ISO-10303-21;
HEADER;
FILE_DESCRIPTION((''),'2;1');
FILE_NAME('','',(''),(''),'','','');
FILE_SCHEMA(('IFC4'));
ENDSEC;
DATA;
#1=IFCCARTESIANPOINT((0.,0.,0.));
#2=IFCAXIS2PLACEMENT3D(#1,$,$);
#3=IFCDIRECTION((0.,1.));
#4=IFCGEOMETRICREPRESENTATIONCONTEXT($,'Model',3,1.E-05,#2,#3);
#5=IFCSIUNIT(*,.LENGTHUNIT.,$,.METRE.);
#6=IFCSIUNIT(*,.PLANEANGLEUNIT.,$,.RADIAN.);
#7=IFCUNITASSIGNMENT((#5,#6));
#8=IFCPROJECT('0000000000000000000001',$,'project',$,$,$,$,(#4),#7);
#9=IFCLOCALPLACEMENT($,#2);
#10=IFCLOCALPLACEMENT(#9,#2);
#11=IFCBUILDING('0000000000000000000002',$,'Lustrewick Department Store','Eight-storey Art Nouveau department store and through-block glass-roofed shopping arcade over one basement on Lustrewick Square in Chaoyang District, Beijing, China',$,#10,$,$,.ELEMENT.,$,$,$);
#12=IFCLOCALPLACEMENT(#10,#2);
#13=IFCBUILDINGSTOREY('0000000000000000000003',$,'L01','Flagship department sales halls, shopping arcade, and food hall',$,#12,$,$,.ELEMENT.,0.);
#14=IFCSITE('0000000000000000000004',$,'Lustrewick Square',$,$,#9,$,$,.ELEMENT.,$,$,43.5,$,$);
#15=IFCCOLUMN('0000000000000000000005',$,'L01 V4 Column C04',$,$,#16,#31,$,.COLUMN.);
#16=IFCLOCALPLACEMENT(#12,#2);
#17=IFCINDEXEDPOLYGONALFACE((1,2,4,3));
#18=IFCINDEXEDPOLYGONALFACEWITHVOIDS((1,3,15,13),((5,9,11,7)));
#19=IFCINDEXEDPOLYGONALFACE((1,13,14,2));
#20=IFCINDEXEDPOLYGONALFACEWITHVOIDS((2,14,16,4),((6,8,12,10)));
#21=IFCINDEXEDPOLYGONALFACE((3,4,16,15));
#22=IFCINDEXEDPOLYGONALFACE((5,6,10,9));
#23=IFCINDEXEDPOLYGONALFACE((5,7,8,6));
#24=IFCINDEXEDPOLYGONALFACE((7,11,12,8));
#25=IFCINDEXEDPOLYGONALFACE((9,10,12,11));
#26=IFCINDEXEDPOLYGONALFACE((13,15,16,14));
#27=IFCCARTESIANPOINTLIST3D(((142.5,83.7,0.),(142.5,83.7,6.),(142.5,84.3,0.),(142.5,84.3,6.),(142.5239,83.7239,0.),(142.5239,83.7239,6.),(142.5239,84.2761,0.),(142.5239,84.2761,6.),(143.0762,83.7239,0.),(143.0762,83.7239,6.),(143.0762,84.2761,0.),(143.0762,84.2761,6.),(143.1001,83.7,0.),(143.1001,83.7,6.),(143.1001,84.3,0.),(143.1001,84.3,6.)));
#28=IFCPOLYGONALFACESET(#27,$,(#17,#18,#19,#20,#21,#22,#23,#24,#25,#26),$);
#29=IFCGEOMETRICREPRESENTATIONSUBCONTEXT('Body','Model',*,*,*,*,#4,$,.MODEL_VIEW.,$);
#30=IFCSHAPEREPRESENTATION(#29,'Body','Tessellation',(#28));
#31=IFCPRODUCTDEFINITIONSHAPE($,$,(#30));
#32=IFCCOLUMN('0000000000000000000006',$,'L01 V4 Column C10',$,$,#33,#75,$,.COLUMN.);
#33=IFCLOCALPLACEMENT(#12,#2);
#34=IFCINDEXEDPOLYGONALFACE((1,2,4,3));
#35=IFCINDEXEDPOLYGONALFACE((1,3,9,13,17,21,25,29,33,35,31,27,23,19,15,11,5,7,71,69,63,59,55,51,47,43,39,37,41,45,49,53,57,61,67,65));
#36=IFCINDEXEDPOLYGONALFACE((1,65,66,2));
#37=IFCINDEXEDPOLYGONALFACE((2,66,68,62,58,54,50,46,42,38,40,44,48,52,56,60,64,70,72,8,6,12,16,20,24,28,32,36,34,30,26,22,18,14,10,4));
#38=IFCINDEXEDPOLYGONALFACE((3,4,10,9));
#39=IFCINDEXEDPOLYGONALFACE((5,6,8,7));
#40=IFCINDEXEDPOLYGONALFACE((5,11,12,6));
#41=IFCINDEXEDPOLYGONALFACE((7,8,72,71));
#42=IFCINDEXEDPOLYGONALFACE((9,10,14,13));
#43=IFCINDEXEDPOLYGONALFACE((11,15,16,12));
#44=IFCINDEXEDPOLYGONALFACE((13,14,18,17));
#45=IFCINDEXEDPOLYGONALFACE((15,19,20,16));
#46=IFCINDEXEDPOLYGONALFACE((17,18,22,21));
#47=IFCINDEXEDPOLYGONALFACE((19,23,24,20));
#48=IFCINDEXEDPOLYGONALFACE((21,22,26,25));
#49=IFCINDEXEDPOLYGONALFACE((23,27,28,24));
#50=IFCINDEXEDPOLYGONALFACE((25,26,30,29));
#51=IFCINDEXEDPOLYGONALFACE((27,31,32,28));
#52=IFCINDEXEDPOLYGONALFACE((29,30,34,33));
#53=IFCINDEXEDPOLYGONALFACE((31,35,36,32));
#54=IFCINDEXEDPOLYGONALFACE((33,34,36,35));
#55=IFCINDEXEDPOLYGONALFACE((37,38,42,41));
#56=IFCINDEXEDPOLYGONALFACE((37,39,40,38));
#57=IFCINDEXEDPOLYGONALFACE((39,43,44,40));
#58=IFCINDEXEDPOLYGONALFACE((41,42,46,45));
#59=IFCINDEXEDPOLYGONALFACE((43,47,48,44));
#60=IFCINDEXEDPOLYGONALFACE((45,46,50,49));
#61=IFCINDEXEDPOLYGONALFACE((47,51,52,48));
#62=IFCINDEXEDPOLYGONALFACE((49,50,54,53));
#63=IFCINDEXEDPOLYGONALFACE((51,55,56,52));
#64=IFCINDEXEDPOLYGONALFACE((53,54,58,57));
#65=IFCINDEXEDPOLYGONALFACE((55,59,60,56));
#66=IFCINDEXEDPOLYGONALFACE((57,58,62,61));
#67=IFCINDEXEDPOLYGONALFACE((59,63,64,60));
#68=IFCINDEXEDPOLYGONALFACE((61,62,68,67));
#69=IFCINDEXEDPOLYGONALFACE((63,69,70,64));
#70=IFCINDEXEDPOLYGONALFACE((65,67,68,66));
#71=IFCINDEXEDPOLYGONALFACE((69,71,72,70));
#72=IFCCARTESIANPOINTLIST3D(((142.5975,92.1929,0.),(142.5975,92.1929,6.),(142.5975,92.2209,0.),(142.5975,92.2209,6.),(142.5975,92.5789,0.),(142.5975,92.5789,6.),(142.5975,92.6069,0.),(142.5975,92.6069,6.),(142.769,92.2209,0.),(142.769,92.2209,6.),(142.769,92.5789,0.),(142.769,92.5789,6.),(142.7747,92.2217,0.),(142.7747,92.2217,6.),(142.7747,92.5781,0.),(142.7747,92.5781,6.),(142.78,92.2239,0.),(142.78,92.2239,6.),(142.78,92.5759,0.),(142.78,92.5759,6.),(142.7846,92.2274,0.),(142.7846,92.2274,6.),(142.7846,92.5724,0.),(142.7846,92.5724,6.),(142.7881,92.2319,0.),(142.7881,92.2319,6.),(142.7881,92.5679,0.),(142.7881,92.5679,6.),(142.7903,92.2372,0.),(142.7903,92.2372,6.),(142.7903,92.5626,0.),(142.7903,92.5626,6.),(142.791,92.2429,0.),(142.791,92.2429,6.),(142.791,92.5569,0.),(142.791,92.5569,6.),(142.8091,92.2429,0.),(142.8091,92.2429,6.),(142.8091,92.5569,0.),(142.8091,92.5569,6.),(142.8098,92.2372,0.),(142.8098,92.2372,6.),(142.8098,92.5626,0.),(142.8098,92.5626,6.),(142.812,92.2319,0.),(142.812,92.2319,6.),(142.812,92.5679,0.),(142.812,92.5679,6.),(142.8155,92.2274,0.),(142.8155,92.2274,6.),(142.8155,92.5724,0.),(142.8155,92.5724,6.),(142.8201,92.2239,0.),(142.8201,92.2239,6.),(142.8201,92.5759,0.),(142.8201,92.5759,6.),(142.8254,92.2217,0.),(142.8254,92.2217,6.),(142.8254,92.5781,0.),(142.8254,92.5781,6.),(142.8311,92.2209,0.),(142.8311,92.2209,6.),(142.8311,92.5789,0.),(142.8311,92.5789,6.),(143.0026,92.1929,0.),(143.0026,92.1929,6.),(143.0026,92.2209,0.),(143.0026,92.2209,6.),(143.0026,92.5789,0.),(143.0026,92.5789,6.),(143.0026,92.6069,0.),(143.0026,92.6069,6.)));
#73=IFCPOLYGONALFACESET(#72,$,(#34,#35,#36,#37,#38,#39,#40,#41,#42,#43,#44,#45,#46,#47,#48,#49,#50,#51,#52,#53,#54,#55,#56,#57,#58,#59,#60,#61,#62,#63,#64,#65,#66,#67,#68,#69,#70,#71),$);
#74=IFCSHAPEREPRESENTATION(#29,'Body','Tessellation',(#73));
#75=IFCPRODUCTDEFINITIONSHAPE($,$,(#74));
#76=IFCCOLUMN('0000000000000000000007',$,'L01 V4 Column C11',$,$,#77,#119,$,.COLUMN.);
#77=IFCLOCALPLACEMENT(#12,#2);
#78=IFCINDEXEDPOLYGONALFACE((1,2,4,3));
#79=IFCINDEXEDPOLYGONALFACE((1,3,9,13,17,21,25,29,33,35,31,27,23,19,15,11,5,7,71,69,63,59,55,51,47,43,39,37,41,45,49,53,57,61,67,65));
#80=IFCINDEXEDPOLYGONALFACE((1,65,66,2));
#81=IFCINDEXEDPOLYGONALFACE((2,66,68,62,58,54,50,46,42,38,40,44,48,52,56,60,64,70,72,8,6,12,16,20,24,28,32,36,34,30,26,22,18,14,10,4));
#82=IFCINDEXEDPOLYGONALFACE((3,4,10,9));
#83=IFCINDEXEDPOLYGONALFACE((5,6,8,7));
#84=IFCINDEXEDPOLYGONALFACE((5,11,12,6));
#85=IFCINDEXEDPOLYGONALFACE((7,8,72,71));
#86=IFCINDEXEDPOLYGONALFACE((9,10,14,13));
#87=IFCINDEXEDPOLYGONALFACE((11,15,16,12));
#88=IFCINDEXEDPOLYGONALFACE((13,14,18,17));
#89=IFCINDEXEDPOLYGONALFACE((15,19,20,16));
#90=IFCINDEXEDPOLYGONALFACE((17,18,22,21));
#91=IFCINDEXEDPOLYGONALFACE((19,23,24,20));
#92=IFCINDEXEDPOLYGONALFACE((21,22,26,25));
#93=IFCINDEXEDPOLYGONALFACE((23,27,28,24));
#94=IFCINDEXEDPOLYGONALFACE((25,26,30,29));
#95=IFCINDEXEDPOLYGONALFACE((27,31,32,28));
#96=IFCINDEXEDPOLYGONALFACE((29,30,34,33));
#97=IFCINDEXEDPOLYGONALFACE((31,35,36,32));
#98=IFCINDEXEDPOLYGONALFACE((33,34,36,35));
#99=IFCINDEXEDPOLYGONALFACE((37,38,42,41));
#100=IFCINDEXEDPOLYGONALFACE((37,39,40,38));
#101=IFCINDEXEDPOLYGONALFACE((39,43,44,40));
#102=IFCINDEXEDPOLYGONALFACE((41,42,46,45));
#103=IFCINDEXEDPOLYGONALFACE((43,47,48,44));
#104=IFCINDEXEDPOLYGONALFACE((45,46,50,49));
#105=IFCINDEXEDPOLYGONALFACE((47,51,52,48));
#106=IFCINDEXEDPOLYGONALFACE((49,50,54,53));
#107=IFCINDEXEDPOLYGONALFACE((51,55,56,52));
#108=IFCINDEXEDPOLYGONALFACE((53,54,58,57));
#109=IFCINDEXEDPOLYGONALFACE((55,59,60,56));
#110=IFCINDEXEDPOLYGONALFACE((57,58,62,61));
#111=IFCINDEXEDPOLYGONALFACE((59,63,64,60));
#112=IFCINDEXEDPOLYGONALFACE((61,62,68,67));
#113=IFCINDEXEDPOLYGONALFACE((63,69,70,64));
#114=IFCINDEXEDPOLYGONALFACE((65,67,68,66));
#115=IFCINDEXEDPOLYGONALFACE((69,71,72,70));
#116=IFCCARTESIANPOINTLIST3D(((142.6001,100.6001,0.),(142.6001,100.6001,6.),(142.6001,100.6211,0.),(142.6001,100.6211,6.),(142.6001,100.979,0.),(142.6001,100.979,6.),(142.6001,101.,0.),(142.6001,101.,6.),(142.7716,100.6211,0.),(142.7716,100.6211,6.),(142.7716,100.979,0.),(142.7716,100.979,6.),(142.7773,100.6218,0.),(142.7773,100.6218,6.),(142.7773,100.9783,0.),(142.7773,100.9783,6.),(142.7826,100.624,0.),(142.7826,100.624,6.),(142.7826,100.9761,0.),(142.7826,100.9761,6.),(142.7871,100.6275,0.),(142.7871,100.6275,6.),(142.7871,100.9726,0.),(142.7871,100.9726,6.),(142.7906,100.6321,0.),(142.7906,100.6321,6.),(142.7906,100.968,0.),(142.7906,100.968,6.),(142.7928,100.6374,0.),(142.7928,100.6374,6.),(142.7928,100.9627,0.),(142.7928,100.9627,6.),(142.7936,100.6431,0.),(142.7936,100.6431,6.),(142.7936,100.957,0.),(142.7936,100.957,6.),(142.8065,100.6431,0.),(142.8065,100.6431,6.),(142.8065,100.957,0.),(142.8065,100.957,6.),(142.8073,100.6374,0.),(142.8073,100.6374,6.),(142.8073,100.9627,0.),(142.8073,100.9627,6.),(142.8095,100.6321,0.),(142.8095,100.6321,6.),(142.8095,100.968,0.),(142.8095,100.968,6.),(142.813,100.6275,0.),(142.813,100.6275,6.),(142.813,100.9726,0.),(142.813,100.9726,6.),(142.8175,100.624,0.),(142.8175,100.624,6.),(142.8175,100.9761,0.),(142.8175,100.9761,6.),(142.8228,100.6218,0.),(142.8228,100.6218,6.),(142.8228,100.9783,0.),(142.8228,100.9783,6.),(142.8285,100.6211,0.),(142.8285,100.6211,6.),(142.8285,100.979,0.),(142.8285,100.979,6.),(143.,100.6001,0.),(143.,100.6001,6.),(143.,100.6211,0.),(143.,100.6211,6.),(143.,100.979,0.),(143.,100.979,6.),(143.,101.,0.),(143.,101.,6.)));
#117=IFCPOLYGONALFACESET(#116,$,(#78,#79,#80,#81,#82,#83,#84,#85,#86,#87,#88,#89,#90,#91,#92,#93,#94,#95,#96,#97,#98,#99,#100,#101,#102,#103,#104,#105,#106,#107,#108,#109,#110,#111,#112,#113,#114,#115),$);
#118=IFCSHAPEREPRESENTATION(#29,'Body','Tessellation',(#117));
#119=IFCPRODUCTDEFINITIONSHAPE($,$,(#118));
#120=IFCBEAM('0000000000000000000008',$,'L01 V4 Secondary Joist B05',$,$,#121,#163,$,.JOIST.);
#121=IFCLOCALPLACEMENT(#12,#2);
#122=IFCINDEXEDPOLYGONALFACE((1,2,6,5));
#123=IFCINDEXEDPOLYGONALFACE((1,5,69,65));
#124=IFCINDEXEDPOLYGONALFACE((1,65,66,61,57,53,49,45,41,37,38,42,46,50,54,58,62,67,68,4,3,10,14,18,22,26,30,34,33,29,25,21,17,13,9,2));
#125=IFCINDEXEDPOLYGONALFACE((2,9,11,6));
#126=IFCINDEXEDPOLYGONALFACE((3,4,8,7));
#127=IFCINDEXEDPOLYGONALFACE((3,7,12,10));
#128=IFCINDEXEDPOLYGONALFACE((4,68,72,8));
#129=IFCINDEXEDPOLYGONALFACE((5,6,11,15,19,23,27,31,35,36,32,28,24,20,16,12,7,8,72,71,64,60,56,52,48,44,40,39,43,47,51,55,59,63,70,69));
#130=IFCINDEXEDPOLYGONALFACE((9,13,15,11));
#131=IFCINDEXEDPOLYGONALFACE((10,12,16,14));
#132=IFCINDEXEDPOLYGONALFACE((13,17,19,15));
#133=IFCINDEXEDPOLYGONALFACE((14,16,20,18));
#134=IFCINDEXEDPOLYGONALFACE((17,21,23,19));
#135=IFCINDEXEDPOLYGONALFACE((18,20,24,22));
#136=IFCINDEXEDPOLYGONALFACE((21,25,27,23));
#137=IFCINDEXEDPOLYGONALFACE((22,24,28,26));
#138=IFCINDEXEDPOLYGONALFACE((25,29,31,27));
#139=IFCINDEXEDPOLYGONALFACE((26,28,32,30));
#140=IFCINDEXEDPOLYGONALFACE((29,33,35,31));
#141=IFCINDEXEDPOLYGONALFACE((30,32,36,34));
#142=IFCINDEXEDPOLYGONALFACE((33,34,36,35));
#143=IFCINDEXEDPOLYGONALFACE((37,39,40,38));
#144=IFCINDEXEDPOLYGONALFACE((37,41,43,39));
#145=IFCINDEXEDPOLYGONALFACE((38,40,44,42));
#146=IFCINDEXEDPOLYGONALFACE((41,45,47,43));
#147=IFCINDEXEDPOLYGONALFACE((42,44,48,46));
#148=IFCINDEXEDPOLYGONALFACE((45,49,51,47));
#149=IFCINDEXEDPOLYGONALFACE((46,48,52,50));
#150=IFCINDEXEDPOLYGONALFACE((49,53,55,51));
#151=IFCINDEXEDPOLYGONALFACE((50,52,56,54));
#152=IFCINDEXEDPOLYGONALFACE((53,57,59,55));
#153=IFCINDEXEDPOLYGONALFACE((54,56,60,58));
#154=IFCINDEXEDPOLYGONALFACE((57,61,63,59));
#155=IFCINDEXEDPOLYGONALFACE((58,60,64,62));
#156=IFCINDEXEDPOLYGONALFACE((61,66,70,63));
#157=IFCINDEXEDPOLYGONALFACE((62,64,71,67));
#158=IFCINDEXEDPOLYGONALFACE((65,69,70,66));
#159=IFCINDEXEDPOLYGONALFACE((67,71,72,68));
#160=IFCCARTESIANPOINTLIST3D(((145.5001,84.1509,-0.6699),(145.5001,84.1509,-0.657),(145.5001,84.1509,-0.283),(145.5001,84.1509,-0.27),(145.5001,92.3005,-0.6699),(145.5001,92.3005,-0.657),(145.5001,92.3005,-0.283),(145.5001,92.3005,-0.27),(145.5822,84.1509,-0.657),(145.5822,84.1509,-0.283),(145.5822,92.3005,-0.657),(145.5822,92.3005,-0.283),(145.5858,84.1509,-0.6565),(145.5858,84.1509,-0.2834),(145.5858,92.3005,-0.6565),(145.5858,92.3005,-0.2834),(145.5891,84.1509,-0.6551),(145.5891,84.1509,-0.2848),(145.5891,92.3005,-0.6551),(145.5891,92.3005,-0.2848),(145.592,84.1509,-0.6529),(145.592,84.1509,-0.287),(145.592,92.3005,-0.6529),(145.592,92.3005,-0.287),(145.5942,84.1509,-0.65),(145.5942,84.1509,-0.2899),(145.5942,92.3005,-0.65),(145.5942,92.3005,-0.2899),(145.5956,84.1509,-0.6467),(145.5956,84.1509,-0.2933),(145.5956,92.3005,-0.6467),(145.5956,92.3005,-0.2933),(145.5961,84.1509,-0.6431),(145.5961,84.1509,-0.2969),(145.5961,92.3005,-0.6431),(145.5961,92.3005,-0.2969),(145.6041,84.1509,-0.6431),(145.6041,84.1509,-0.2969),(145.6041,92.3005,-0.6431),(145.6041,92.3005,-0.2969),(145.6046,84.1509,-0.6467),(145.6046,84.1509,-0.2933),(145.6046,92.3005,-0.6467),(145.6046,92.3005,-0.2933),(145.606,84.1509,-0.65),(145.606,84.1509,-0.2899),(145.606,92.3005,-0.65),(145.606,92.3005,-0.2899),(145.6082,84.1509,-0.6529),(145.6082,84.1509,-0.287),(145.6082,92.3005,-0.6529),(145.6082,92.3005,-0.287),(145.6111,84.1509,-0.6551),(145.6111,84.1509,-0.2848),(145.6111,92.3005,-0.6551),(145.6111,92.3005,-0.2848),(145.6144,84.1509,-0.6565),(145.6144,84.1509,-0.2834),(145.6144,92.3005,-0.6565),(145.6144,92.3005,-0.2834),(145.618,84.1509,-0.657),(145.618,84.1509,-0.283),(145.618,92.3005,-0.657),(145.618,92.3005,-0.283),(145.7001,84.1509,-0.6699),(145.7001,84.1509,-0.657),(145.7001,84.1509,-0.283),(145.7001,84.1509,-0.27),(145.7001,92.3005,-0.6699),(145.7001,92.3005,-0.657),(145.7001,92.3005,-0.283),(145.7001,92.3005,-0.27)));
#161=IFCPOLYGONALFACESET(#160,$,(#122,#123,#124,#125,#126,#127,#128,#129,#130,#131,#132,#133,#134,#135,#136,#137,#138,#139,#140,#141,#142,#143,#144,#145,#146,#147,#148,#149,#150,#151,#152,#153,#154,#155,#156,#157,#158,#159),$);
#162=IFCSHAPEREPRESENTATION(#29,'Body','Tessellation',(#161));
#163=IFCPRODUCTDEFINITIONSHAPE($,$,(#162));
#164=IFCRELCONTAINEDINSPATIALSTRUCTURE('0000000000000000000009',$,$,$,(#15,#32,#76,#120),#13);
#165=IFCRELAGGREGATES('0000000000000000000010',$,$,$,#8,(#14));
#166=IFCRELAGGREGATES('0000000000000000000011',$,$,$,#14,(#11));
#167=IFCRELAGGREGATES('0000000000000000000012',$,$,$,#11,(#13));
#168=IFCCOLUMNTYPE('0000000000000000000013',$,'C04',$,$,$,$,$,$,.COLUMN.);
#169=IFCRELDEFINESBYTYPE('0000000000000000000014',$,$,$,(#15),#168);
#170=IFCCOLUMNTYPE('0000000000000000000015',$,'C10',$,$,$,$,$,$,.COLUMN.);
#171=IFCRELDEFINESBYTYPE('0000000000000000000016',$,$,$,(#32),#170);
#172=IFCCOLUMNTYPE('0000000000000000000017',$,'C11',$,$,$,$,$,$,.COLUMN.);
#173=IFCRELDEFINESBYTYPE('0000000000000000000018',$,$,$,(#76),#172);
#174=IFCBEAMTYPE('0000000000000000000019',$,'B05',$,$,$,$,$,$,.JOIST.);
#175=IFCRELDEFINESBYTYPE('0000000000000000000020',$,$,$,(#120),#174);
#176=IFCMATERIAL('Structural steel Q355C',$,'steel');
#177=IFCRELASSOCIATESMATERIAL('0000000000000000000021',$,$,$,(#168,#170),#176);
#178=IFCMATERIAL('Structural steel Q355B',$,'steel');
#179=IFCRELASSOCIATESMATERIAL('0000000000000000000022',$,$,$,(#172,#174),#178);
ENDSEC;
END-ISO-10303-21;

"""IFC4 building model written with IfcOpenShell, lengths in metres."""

from ifc_helpers import new_model, si_unit, direction, frame, origin, origin_2d, place, context, subcontext, project, spatial, hollow_rectangle, i_section, extrude, material, material_profile, profile_set, type_object, element, save


model = new_model("IFC4")

# Units and contexts
model_context = context("Model", 3, precision=1e-05, world=origin(), true_north=direction((0.0, 1.0)))
body_context = subcontext(model_context, "Body", "Model", "MODEL_VIEW")
ifc_project = project(units=[si_unit("LENGTHUNIT", "METRE"), si_unit("PLANEANGLEUNIT", "RADIAN")], contexts=[model_context])

# Site, building, storey
site_placement = place(None, origin())
site = spatial("IfcSite", under=ifc_project, at=site_placement, Name="Lustrewick Square", CompositionType="ELEMENT", RefElevation=43.5)
building_placement = place(site_placement, origin())
building = spatial("IfcBuilding", under=site, at=building_placement, Name="Lustrewick Department Store", Description="Eight-storey Art Nouveau department store and through-block glass-roofed shopping arcade over one basement on Lustrewick Square in Chaoyang District, Beijing, China", CompositionType="ELEMENT")
storey_placement = place(building_placement, origin())
storey = spatial("IfcBuildingStorey", under=building, at=storey_placement, Name="L01", Description="Flagship department sales halls, shopping arcade, and food hall", CompositionType="ELEMENT", Elevation=0.0)

# Columns
ifc_material_1 = material(Name="Structural steel Q355C", Category="steel")
ifc_material_profile_1 = material_profile(ifc_material_1, hollow_rectangle(XDim=0.6001, YDim=0.6001, WallThickness=0.0239, at=origin_2d()), Name="BOX 600x600x24")
ifc_profile_set_1 = profile_set([ifc_material_profile_1], Name="Structural steel Q355C")
column_type_1 = type_object("IfcColumnType", Name="C04", PredefinedType="COLUMN", material=ifc_profile_set_1)
column_1_placement = place(storey_placement, frame((142.8, 84.0, 0.0), z_axis=(0.0, 0.0, 1.0), x_axis=(1.0, 0.0, 0.0)))
element("IfcColumn", 1, at=column_1_placement, inside=storey, type_object=column_type_1, Name="L01 V4 Column C04", PredefinedType="COLUMN", context=body_context, shape_type="SweptSolid", body=[
    extrude(hollow_rectangle(XDim=0.6001, YDim=0.6001, WallThickness=0.0239, at=origin_2d()), origin(), (0.0, 0.0, 1.0), 6.0),
])
ifc_material_profile_2 = material_profile(ifc_material_1, i_section(OverallWidth=0.405, OverallDepth=0.4141, WebThickness=0.0181, FlangeThickness=0.0281, FilletRadius=0.022, at=origin_2d()), Name="HW 414x405x18x28")
ifc_profile_set_2 = profile_set([ifc_material_profile_2], Name="Structural steel Q355C")
column_type_2 = type_object("IfcColumnType", Name="C10", PredefinedType="COLUMN", material=ifc_profile_set_2)
column_2_placement = place(storey_placement, frame((142.8, 92.3999, 0.0), z_axis=(0.0, 0.0, 1.0), x_axis=(1.0, 0.0, 0.0)))
element("IfcColumn", 2, at=column_2_placement, inside=storey, type_object=column_type_2, Name="L01 V4 Column C10", PredefinedType="COLUMN", context=body_context, shape_type="SweptSolid", body=[
    extrude(i_section(OverallWidth=0.405, OverallDepth=0.4141, WebThickness=0.0181, FlangeThickness=0.0281, FilletRadius=0.022, at=origin_2d()), origin(), (0.0, 0.0, 1.0), 6.0),
])
ifc_material_2 = material(Name="Structural steel Q355B", Category="steel")
ifc_material_profile_3 = material_profile(ifc_material_2, i_section(OverallWidth=0.3999, OverallDepth=0.3999, WebThickness=0.0129, FlangeThickness=0.021, FilletRadius=0.022, at=origin_2d()), Name="HW 400x400x13x21")
ifc_profile_set_3 = profile_set([ifc_material_profile_3], Name="Structural steel Q355B")
column_type_3 = type_object("IfcColumnType", Name="C11", PredefinedType="COLUMN", material=ifc_profile_set_3)
column_3_placement = place(storey_placement, frame((142.8, 100.8, 0.0), z_axis=(0.0, 0.0, 1.0), x_axis=(1.0, 0.0, 0.0)))
element("IfcColumn", 3, at=column_3_placement, inside=storey, type_object=column_type_3, Name="L01 V4 Column C11", PredefinedType="COLUMN", context=body_context, shape_type="SweptSolid", body=[
    extrude(i_section(OverallWidth=0.3999, OverallDepth=0.3999, WebThickness=0.0129, FlangeThickness=0.021, FilletRadius=0.022, at=origin_2d()), origin(), (0.0, 0.0, 1.0), 6.0),
])

# Beam
ifc_material_profile_4 = material_profile(ifc_material_2, i_section(OverallWidth=0.2, OverallDepth=0.3999, WebThickness=0.0081, FlangeThickness=0.0129, FilletRadius=0.0139, at=origin_2d()), Name="HN 400x200x8x13")
ifc_profile_set_4 = profile_set([ifc_material_profile_4], Name="Structural steel Q355B")
beam_type_1 = type_object("IfcBeamType", Name="B05", PredefinedType="JOIST", material=ifc_profile_set_4)
beam_1_placement = place(storey_placement, frame((145.6001, 84.1509, -0.47), z_axis=(0.0, 1.0, 0.0), x_axis=(-1.0, 0.0, 0.0)))
element("IfcBeam", 4, at=beam_1_placement, inside=storey, type_object=beam_type_1, Name="L01 V4 Secondary Joist B05", PredefinedType="JOIST", context=body_context, shape_type="SweptSolid", body=[
    extrude(i_section(OverallWidth=0.2, OverallDepth=0.3999, WebThickness=0.0081, FlangeThickness=0.0129, FilletRadius=0.0139, at=origin_2d()), origin(), (0.0, 0.0, 1.0), 8.1497),
])

save(model, "model.ifc")
